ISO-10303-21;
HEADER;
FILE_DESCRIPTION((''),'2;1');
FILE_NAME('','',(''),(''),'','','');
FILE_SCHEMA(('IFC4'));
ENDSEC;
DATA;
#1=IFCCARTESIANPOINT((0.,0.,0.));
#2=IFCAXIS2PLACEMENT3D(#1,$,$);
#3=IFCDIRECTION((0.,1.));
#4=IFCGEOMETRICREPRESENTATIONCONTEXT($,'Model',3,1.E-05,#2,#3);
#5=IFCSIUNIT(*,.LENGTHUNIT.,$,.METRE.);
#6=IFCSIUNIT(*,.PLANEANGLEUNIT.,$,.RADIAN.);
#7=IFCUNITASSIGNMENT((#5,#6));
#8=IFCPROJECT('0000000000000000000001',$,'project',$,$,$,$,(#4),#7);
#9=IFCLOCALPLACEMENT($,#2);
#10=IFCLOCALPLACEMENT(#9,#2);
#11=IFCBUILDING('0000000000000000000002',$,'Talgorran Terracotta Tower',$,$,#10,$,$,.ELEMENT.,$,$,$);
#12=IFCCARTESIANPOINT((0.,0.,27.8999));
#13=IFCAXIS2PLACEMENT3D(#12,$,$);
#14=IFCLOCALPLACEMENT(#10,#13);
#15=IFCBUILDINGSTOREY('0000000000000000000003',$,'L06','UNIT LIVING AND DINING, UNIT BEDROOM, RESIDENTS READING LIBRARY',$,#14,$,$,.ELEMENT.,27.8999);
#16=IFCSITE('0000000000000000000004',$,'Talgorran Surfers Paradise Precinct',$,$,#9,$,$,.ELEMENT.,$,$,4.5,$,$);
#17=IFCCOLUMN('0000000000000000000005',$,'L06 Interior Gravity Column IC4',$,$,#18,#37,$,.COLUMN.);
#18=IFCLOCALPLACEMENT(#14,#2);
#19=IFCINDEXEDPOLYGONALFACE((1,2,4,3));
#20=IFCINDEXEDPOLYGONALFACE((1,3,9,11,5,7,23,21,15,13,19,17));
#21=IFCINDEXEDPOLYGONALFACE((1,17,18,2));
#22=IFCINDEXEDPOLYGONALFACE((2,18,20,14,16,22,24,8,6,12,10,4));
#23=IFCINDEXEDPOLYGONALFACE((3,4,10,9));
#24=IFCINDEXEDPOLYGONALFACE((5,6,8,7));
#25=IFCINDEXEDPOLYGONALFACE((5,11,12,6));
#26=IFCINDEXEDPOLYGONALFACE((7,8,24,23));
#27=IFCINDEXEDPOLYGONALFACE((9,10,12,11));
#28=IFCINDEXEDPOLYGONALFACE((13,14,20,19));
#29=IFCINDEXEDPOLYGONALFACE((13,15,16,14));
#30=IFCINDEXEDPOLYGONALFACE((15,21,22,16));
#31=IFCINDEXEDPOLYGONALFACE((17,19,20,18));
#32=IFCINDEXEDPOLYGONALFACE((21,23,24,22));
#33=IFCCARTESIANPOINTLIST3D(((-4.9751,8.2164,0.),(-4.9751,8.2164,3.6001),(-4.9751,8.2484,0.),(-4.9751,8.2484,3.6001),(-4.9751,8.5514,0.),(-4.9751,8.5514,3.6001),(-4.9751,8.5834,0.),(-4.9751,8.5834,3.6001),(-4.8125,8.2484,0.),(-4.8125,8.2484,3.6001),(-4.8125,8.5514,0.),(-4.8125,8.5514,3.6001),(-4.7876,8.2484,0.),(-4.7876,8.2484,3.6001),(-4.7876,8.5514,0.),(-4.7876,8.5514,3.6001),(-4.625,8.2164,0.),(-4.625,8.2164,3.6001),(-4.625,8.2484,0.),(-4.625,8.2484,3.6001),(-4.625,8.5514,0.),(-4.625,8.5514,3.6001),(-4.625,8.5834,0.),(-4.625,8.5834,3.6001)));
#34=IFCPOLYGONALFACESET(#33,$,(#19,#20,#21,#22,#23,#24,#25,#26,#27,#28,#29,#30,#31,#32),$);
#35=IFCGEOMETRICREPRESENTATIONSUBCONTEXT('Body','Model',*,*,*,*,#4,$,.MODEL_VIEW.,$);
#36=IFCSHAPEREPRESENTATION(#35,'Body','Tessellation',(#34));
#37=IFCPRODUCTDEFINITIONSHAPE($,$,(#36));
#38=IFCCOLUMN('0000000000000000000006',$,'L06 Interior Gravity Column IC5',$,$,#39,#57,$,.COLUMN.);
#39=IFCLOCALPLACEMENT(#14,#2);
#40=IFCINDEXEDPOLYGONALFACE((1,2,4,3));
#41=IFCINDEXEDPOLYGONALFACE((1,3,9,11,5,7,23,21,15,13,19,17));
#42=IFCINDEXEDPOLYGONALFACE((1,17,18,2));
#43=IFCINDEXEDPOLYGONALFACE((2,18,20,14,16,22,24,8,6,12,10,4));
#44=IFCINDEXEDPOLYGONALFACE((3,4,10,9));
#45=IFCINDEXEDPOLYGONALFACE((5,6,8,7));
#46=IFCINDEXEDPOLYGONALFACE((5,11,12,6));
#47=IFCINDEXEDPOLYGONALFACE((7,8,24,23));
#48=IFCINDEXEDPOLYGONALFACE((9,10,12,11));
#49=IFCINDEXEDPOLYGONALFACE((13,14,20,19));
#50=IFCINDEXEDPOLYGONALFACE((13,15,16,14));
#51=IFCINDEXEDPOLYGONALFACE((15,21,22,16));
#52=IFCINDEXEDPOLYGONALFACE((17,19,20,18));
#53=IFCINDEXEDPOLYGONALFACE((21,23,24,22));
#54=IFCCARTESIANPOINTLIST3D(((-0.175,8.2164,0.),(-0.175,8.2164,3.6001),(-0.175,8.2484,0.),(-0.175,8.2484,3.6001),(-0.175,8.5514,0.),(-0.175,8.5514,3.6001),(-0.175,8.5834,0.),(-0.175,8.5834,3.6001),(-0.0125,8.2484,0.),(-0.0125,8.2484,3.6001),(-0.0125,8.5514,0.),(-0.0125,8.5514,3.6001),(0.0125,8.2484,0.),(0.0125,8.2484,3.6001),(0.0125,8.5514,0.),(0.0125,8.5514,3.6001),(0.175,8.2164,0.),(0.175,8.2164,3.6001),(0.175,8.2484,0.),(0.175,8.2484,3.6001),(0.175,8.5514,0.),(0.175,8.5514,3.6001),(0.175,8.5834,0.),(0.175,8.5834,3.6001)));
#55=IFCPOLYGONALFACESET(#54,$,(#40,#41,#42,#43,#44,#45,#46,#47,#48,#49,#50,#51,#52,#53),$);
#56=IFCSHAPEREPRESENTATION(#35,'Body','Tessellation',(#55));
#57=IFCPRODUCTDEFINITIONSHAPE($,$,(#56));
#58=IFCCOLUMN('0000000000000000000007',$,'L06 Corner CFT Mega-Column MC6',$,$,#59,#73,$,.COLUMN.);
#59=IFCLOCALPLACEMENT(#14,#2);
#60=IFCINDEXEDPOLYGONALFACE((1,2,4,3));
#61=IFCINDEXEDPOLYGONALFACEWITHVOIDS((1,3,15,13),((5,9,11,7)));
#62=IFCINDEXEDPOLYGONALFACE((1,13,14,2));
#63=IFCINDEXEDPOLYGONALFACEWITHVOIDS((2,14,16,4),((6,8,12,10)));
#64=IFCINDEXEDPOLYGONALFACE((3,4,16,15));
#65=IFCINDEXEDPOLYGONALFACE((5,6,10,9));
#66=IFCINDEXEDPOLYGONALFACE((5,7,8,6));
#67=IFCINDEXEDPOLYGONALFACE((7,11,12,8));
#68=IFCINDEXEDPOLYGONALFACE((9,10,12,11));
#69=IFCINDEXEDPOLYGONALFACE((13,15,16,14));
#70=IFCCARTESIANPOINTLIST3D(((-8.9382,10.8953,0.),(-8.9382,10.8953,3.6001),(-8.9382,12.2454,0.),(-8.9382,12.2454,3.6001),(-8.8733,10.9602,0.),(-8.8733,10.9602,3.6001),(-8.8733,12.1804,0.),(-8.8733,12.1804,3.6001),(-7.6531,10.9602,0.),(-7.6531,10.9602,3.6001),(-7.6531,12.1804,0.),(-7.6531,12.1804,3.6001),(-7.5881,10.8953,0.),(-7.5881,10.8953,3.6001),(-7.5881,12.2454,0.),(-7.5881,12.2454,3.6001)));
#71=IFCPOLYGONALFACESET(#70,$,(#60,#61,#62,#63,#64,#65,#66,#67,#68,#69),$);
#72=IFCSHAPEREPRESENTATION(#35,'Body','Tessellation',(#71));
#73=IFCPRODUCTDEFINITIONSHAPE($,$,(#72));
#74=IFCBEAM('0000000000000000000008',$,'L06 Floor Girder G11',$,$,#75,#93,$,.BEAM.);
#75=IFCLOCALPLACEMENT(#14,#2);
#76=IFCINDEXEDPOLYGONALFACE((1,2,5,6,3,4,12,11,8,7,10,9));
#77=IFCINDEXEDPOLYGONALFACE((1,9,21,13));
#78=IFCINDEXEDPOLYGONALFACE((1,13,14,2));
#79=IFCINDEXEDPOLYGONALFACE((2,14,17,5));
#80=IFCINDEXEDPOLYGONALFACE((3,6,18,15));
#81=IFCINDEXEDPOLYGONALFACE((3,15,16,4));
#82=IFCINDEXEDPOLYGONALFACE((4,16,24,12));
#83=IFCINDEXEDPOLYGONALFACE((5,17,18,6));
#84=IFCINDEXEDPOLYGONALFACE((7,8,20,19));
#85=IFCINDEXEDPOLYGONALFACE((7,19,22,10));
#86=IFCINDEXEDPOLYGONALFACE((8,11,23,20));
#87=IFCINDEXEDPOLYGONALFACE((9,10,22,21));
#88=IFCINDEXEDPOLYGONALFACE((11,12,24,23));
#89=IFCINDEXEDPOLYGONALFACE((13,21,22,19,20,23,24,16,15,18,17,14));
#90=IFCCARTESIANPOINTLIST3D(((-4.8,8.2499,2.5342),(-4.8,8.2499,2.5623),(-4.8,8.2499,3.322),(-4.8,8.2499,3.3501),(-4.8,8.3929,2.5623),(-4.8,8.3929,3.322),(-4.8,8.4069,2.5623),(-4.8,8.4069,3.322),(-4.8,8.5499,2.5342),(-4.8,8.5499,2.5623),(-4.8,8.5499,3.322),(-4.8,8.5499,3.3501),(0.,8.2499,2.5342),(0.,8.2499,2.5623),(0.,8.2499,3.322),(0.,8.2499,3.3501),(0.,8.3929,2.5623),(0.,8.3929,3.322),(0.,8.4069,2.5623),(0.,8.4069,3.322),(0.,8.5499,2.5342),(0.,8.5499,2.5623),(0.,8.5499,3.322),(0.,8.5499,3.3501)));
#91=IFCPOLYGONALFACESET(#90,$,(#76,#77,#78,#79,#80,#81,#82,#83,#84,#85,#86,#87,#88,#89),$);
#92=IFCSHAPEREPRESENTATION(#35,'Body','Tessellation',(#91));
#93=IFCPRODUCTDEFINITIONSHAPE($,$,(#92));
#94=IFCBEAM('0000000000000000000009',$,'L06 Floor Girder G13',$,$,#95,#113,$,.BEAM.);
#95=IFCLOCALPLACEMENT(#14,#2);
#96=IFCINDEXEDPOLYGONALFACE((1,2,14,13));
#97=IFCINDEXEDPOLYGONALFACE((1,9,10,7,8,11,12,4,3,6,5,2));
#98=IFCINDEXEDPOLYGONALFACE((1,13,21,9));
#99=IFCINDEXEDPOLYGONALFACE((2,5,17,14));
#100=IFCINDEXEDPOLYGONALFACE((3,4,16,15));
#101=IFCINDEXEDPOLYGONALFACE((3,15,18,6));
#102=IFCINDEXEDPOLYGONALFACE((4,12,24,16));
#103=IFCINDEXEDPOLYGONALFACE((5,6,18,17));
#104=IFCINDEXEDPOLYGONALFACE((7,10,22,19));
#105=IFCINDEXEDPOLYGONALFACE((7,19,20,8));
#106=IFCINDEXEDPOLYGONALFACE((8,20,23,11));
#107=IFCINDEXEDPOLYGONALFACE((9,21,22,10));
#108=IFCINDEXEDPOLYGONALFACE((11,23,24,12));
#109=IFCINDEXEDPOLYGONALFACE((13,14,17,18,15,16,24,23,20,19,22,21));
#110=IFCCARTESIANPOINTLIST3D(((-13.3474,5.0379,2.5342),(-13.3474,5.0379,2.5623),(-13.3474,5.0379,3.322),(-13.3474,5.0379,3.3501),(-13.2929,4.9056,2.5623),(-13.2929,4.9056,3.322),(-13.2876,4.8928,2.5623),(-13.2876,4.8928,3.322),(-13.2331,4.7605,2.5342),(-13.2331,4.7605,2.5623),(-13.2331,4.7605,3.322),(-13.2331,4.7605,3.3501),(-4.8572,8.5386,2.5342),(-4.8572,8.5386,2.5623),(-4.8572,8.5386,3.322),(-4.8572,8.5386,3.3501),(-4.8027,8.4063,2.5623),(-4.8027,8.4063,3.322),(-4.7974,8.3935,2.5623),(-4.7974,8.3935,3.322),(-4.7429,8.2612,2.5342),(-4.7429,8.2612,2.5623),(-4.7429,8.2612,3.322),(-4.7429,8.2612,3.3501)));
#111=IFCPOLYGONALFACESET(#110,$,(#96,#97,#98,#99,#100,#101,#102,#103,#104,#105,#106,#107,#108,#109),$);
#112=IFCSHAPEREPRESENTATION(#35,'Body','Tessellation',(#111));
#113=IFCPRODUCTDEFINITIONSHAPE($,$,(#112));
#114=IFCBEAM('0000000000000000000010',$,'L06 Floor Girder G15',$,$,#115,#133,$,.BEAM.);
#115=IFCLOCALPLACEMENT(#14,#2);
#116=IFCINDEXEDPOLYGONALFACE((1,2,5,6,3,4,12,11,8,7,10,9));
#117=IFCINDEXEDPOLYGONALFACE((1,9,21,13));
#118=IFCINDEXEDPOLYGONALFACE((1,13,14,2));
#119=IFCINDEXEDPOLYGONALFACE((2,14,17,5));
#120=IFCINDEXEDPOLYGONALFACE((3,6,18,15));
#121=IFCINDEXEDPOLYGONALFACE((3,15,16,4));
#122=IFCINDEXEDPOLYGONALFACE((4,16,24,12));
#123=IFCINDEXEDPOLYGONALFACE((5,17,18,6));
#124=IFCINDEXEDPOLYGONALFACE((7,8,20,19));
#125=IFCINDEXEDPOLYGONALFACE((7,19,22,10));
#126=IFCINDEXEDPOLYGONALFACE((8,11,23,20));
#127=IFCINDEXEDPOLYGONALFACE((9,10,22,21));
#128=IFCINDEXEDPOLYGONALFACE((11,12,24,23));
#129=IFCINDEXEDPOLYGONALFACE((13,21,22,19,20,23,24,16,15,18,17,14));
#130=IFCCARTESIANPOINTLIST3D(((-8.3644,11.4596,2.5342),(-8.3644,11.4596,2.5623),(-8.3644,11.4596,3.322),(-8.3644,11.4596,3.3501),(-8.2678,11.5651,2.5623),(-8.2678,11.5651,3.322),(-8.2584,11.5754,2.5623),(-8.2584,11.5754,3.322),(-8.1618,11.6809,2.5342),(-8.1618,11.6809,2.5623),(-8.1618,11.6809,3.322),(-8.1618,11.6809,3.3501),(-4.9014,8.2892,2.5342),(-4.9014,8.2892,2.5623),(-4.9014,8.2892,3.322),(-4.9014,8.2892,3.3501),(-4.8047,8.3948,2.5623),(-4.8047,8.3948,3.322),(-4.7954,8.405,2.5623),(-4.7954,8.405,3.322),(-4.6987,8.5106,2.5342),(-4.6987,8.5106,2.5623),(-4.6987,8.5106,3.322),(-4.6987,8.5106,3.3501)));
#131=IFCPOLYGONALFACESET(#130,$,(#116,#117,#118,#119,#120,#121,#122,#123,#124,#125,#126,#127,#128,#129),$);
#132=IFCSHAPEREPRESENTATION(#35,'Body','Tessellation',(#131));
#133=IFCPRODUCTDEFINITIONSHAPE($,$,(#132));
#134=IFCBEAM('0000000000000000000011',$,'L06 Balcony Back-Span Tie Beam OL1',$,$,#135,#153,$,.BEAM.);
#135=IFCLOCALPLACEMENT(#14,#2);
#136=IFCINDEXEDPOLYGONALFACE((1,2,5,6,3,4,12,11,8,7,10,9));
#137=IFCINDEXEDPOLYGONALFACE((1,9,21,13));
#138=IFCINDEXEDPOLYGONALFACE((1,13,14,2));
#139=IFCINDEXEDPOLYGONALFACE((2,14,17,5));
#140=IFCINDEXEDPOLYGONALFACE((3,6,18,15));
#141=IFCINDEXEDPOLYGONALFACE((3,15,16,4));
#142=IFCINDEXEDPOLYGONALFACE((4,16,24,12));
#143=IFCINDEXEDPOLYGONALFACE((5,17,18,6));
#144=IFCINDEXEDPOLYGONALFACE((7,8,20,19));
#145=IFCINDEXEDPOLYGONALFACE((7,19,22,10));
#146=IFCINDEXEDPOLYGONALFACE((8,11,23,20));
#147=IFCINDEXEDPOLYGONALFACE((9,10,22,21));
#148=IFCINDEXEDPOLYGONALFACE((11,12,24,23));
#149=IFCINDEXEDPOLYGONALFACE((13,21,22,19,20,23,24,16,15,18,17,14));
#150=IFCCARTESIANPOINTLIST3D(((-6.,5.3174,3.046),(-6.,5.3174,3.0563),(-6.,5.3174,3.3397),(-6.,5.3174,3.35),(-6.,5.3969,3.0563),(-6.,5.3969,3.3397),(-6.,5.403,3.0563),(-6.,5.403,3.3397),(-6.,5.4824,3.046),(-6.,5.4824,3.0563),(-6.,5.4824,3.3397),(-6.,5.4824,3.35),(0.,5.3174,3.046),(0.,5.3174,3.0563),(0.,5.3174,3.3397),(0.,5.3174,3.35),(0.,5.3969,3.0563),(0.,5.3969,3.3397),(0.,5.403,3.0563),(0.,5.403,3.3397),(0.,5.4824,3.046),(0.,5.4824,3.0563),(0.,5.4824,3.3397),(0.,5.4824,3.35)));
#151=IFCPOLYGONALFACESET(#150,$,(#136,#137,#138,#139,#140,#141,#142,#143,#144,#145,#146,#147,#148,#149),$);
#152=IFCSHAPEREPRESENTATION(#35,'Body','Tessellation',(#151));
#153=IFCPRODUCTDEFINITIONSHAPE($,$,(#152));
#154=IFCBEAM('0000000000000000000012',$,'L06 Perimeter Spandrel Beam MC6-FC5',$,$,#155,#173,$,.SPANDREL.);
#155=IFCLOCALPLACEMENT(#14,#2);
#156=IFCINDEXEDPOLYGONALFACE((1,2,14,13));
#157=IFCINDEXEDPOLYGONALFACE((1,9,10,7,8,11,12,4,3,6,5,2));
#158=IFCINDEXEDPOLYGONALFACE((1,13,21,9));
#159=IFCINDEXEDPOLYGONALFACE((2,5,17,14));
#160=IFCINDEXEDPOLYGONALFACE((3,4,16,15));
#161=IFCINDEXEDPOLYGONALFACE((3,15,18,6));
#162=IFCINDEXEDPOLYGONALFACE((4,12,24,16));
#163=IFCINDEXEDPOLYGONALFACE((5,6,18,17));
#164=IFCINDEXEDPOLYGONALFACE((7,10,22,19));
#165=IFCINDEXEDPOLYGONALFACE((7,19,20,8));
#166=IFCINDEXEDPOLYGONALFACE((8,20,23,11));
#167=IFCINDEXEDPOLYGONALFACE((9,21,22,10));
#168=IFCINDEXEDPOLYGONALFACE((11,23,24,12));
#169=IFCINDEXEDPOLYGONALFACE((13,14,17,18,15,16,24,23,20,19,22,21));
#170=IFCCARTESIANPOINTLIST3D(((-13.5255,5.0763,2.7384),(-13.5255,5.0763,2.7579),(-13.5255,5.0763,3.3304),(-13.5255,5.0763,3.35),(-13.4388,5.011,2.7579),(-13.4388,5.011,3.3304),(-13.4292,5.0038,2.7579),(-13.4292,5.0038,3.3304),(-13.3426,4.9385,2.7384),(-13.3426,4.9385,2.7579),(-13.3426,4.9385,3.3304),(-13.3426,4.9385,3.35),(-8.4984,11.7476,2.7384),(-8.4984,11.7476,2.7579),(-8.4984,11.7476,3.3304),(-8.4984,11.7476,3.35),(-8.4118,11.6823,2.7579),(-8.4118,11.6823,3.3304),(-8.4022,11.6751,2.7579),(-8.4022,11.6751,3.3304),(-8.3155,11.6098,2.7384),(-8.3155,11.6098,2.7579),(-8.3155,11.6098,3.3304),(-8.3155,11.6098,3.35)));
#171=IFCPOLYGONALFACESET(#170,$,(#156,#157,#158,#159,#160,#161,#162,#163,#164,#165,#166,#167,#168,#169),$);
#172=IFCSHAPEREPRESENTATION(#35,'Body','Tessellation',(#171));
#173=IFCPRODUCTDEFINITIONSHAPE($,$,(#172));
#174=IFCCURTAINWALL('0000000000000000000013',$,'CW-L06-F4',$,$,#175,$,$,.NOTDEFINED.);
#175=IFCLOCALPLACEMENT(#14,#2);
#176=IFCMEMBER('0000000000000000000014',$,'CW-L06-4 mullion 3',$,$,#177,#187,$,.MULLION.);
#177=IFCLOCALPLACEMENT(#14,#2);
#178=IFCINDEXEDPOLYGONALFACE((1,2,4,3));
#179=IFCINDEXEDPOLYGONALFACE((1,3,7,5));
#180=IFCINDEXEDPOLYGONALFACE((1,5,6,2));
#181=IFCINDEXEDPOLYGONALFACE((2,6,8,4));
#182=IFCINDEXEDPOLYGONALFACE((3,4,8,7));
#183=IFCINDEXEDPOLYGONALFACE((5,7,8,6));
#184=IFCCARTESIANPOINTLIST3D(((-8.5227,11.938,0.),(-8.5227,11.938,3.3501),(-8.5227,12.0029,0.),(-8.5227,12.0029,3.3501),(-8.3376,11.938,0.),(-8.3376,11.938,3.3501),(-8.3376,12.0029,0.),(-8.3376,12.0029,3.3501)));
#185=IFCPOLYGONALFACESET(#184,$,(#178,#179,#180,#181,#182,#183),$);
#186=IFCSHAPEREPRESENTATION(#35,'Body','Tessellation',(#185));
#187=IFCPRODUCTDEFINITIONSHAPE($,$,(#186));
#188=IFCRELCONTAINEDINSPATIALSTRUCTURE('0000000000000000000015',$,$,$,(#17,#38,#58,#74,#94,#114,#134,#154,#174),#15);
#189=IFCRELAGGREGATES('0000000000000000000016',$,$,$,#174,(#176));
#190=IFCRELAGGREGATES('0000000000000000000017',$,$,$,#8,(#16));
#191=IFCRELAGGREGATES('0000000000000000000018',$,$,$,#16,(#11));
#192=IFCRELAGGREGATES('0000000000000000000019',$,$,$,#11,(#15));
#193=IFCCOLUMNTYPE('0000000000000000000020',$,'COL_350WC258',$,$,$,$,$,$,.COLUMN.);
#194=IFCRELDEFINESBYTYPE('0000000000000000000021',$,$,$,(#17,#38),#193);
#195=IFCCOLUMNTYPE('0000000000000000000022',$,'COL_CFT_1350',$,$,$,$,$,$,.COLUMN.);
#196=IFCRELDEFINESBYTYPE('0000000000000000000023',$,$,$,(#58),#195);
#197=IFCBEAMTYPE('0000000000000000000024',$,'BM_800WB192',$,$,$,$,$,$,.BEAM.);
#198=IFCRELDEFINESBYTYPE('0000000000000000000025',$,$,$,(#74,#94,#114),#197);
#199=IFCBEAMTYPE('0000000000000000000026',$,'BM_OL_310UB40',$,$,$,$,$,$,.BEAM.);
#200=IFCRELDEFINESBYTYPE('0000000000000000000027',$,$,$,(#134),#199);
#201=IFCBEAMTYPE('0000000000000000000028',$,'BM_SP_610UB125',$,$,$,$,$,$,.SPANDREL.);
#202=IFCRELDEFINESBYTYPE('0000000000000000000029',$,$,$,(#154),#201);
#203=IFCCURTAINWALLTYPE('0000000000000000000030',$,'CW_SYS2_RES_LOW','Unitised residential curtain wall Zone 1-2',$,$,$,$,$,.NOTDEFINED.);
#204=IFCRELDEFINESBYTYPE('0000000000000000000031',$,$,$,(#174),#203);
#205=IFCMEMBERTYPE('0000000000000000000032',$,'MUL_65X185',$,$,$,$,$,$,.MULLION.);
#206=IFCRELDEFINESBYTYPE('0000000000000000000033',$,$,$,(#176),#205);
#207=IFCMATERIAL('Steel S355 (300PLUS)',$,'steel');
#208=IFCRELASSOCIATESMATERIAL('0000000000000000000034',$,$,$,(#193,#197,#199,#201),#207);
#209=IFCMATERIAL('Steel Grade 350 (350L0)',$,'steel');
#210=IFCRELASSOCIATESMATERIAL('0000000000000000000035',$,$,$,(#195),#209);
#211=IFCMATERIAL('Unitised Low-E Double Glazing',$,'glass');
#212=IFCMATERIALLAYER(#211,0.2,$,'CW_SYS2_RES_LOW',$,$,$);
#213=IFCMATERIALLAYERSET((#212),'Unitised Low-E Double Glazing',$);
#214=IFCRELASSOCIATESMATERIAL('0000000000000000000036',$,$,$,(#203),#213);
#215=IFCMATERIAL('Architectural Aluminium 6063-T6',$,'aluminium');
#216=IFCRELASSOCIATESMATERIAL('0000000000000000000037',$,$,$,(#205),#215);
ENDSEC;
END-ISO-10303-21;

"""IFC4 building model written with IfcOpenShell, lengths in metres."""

from ifc_helpers import new_model, si_unit, direction, frame, origin, origin_2d, place, context, subcontext, project, spatial, rectangle, hollow_rectangle, i_section, extrude, material, layer, layer_set, material_profile, profile_set, type_object, element, aggregate, save


model = new_model("IFC4")

# Units and contexts
model_context = context("Model", 3, precision=1e-05, world=origin(), true_north=direction((0.0, 1.0)))
body_context = subcontext(model_context, "Body", "Model", "MODEL_VIEW")
ifc_project = project(units=[si_unit("LENGTHUNIT", "METRE"), si_unit("PLANEANGLEUNIT", "RADIAN")], contexts=[model_context])

# Site, building, storey
site_placement = place(None, origin())
site = spatial("IfcSite", under=ifc_project, at=site_placement, Name="Talgorran Surfers Paradise Precinct", CompositionType="ELEMENT", RefElevation=4.5)
building_placement = place(site_placement, origin())
building = spatial("IfcBuilding", under=site, at=building_placement, Name="Talgorran Terracotta Tower", CompositionType="ELEMENT")
storey_placement = place(building_placement, frame((0.0, 0.0, 27.8999)))
storey = spatial("IfcBuildingStorey", under=building, at=storey_placement, Name="L06", Description="UNIT LIVING AND DINING, UNIT BEDROOM, RESIDENTS READING LIBRARY", CompositionType="ELEMENT", Elevation=27.8999)

# Columns
ifc_material_1 = material(Name="Steel S355 (300PLUS)", Category="steel")
ifc_material_profile_1 = material_profile(ifc_material_1, i_section(OverallWidth=0.3501, OverallDepth=0.3669, WebThickness=0.0249, FlangeThickness=0.032, at=origin_2d()), Name="350WC258")
ifc_profile_set_1 = profile_set([ifc_material_profile_1], Name="Steel S355 (300PLUS)")
column_type_1 = type_object("IfcColumnType", Name="COL_350WC258", PredefinedType="COLUMN", material=ifc_profile_set_1)
for number, where, z_axis, x_axis, name in (
    (1, (-4.8, 8.3999, 0.0), (0.0, 0.0, 1.0), (1.0, 0.0, 0.0), "L06 Interior Gravity Column IC4"),
    (2, (0.0, 8.3999, 0.0), (0.0, 0.0, 1.0), (1.0, 0.0, 0.0), "L06 Interior Gravity Column IC5"),
):
    element("IfcColumn", number, at=place(storey_placement, frame(where, z_axis=z_axis, x_axis=x_axis)), inside=storey, type_object=column_type_1, Name=name, PredefinedType="COLUMN", context=body_context, shape_type="SweptSolid", body=[
        extrude(i_section(OverallWidth=0.3501, OverallDepth=0.3669, WebThickness=0.0249, FlangeThickness=0.032, at=origin_2d()), origin(), (0.0, 0.0, 1.0), 3.6001),
    ])
ifc_material_2 = material(Name="Steel Grade 350 (350L0)", Category="steel")
ifc_material_profile_2 = material_profile(ifc_material_2, hollow_rectangle(XDim=1.3501, YDim=1.3501, WallThickness=0.0649, at=origin_2d()), Name="CFT1350X1350X65")
ifc_profile_set_2 = profile_set([ifc_material_profile_2], Name="Steel Grade 350 (350L0)")
column_type_2 = type_object("IfcColumnType", Name="COL_CFT_1350", PredefinedType="COLUMN", material=ifc_profile_set_2)
column_placement = place(storey_placement, frame((-8.2632, 11.5703, 0.0), z_axis=(0.0, 0.0, 1.0), x_axis=(1.0, 0.0, 0.0)))
element("IfcColumn", 3, at=column_placement, inside=storey, type_object=column_type_2, Name="L06 Corner CFT Mega-Column MC6", PredefinedType="COLUMN", context=body_context, shape_type="SweptSolid", body=[
    extrude(hollow_rectangle(XDim=1.3501, YDim=1.3501, WallThickness=0.0649, at=origin_2d()), origin(), (0.0, 0.0, 1.0), 3.6001),
])

# Beams
ifc_material_profile_3 = material_profile(ifc_material_1, i_section(OverallWidth=0.3, OverallDepth=0.8159, WebThickness=0.0139, FlangeThickness=0.0281, at=origin_2d()), Name="800WB192")
ifc_profile_set_3 = profile_set([ifc_material_profile_3], Name="Steel S355 (300PLUS)")
beam_type_1 = type_object("IfcBeamType", Name="BM_800WB192", PredefinedType="BEAM", material=ifc_profile_set_3)
beam_1_placement = place(storey_placement, frame((-4.8, 8.3999, 2.9421), z_axis=(1.0, 0.0, 0.0), x_axis=(0.0, 1.0, 0.0)))
element("IfcBeam", 4, at=beam_1_placement, inside=storey, type_object=beam_type_1, Name="L06 Floor Girder G11", PredefinedType="BEAM", context=body_context, shape_type="SweptSolid", body=[
    extrude(i_section(OverallWidth=0.3, OverallDepth=0.8159, WebThickness=0.0139, FlangeThickness=0.0281, at=origin_2d()), origin(), (0.0, 0.0, 1.0), 4.8),
])
beam_2_placement = place(storey_placement, frame((-4.8, 8.3999, 2.9421), z_axis=(-0.924496, -0.381192, 0.0), x_axis=(0.381192, -0.924496, 0.0)))
element("IfcBeam", 5, at=beam_2_placement, inside=storey, type_object=beam_type_1, Name="L06 Floor Girder G13", PredefinedType="BEAM", context=body_context, shape_type="SweptSolid", body=[
    extrude(i_section(OverallWidth=0.3, OverallDepth=0.8159, WebThickness=0.0139, FlangeThickness=0.0281, at=origin_2d()), origin(), (0.0, 0.0, 1.0), 9.1836),
])
beam_3_placement = place(storey_placement, frame((-4.8, 8.3999, 2.9421), z_axis=(-0.737592, 0.675246, 0.0), x_axis=(-0.675246, -0.737592, 0.0)))
element("IfcBeam", 6, at=beam_3_placement, inside=storey, type_object=beam_type_1, Name="L06 Floor Girder G15", PredefinedType="BEAM", context=body_context, shape_type="SweptSolid", body=[
    extrude(i_section(OverallWidth=0.3, OverallDepth=0.8159, WebThickness=0.0139, FlangeThickness=0.0281, at=origin_2d()), origin(), (0.0, 0.0, 1.0), 4.6951),
])
ifc_material_profile_4 = material_profile(ifc_material_1, i_section(OverallWidth=0.165, OverallDepth=0.304, WebThickness=0.0061, FlangeThickness=0.0103, at=origin_2d()), Name="310UB40.4")
ifc_profile_set_4 = profile_set([ifc_material_profile_4], Name="Steel S355 (300PLUS)")
beam_type_2 = type_object("IfcBeamType", Name="BM_OL_310UB40", PredefinedType="BEAM", material=ifc_profile_set_4)
beam_4_placement = place(storey_placement, frame((-6.0, 5.3999, 3.198), z_axis=(1.0, 0.0, 0.0), x_axis=(0.0, 1.0, 0.0)))
element("IfcBeam", 7, at=beam_4_placement, inside=storey, type_object=beam_type_2, Name="L06 Balcony Back-Span Tie Beam OL1", PredefinedType="BEAM", context=body_context, shape_type="SweptSolid", body=[
    extrude(i_section(OverallWidth=0.165, OverallDepth=0.304, WebThickness=0.0061, FlangeThickness=0.0103, at=origin_2d()), origin(), (0.0, 0.0, 1.0), 6.0),
])
ifc_material_profile_5 = material_profile(ifc_material_1, i_section(OverallWidth=0.229, OverallDepth=0.6116, WebThickness=0.012, FlangeThickness=0.0195, at=origin_2d()), Name="610UB125")
ifc_profile_set_5 = profile_set([ifc_material_profile_5], Name="Steel S355 (300PLUS)")
beam_type_3 = type_object("IfcBeamType", Name="BM_SP_610UB125", PredefinedType="SPANDREL", material=ifc_profile_set_5)
beam_5_placement = place(storey_placement, frame((-8.407, 11.6787, 3.0442), z_axis=(-0.601804, -0.798644, 0.0), x_axis=(0.798644, -0.601804, 0.0)))
element("IfcBeam", 8, at=beam_5_placement, inside=storey, type_object=beam_type_3, Name="L06 Perimeter Spandrel Beam MC6-FC5", PredefinedType="SPANDREL", context=body_context, shape_type="SweptSolid", body=[
    extrude(i_section(OverallWidth=0.229, OverallDepth=0.6116, WebThickness=0.012, FlangeThickness=0.0195, at=origin_2d()), origin(), (0.0, 0.0, 1.0), 8.3533),
])

# Curtain wall, member
ifc_material_3 = material(Name="Unitised Low-E Double Glazing", Category="glass")
ifc_layer_1 = layer(ifc_material_3, 0.2, Name="CW_SYS2_RES_LOW")
ifc_layer_set_1 = layer_set([ifc_layer_1], Name="Unitised Low-E Double Glazing")
curtain_wall_type = type_object("IfcCurtainWallType", Name="CW_SYS2_RES_LOW", Description="Unitised residential curtain wall Zone 1-2", PredefinedType="NOTDEFINED", material=ifc_layer_set_1)
curtain_wall_1_placement = place(storey_placement, origin())
curtain_wall_1 = element("IfcCurtainWall", 9, at=curtain_wall_1_placement, inside=storey, type_object=curtain_wall_type, Name="CW-L06-F4", PredefinedType="NOTDEFINED")
ifc_material_4 = material(Name="Architectural Aluminium 6063-T6", Category="aluminium")
ifc_material_profile_6 = material_profile(ifc_material_4, rectangle(XDim=0.0649, YDim=0.1851, at=origin_2d()), Name="CWM65X185")
ifc_profile_set_6 = profile_set([ifc_material_profile_6], Name="Architectural Aluminium 6063-T6")
member_type_1 = type_object("IfcMemberType", Name="MUL_65X185", PredefinedType="MULLION", material=ifc_profile_set_6)
member_1_placement = place(storey_placement, frame((-8.4302, 11.9705, 0.0), z_axis=(0.0, 0.0, 1.0), x_axis=(0.0, -1.0, 0.0)))
member_1 = element("IfcMember", 10, at=member_1_placement, type_object=member_type_1, Name="CW-L06-4 mullion 3", PredefinedType="MULLION", context=body_context, shape_type="SweptSolid", body=[
    extrude(rectangle(XDim=0.0649, YDim=0.1851, at=origin_2d()), origin(), (0.0, 0.0, 1.0), 3.3501),
])

aggregate(curtain_wall_1, [member_1])

save(model, "model.ifc")
